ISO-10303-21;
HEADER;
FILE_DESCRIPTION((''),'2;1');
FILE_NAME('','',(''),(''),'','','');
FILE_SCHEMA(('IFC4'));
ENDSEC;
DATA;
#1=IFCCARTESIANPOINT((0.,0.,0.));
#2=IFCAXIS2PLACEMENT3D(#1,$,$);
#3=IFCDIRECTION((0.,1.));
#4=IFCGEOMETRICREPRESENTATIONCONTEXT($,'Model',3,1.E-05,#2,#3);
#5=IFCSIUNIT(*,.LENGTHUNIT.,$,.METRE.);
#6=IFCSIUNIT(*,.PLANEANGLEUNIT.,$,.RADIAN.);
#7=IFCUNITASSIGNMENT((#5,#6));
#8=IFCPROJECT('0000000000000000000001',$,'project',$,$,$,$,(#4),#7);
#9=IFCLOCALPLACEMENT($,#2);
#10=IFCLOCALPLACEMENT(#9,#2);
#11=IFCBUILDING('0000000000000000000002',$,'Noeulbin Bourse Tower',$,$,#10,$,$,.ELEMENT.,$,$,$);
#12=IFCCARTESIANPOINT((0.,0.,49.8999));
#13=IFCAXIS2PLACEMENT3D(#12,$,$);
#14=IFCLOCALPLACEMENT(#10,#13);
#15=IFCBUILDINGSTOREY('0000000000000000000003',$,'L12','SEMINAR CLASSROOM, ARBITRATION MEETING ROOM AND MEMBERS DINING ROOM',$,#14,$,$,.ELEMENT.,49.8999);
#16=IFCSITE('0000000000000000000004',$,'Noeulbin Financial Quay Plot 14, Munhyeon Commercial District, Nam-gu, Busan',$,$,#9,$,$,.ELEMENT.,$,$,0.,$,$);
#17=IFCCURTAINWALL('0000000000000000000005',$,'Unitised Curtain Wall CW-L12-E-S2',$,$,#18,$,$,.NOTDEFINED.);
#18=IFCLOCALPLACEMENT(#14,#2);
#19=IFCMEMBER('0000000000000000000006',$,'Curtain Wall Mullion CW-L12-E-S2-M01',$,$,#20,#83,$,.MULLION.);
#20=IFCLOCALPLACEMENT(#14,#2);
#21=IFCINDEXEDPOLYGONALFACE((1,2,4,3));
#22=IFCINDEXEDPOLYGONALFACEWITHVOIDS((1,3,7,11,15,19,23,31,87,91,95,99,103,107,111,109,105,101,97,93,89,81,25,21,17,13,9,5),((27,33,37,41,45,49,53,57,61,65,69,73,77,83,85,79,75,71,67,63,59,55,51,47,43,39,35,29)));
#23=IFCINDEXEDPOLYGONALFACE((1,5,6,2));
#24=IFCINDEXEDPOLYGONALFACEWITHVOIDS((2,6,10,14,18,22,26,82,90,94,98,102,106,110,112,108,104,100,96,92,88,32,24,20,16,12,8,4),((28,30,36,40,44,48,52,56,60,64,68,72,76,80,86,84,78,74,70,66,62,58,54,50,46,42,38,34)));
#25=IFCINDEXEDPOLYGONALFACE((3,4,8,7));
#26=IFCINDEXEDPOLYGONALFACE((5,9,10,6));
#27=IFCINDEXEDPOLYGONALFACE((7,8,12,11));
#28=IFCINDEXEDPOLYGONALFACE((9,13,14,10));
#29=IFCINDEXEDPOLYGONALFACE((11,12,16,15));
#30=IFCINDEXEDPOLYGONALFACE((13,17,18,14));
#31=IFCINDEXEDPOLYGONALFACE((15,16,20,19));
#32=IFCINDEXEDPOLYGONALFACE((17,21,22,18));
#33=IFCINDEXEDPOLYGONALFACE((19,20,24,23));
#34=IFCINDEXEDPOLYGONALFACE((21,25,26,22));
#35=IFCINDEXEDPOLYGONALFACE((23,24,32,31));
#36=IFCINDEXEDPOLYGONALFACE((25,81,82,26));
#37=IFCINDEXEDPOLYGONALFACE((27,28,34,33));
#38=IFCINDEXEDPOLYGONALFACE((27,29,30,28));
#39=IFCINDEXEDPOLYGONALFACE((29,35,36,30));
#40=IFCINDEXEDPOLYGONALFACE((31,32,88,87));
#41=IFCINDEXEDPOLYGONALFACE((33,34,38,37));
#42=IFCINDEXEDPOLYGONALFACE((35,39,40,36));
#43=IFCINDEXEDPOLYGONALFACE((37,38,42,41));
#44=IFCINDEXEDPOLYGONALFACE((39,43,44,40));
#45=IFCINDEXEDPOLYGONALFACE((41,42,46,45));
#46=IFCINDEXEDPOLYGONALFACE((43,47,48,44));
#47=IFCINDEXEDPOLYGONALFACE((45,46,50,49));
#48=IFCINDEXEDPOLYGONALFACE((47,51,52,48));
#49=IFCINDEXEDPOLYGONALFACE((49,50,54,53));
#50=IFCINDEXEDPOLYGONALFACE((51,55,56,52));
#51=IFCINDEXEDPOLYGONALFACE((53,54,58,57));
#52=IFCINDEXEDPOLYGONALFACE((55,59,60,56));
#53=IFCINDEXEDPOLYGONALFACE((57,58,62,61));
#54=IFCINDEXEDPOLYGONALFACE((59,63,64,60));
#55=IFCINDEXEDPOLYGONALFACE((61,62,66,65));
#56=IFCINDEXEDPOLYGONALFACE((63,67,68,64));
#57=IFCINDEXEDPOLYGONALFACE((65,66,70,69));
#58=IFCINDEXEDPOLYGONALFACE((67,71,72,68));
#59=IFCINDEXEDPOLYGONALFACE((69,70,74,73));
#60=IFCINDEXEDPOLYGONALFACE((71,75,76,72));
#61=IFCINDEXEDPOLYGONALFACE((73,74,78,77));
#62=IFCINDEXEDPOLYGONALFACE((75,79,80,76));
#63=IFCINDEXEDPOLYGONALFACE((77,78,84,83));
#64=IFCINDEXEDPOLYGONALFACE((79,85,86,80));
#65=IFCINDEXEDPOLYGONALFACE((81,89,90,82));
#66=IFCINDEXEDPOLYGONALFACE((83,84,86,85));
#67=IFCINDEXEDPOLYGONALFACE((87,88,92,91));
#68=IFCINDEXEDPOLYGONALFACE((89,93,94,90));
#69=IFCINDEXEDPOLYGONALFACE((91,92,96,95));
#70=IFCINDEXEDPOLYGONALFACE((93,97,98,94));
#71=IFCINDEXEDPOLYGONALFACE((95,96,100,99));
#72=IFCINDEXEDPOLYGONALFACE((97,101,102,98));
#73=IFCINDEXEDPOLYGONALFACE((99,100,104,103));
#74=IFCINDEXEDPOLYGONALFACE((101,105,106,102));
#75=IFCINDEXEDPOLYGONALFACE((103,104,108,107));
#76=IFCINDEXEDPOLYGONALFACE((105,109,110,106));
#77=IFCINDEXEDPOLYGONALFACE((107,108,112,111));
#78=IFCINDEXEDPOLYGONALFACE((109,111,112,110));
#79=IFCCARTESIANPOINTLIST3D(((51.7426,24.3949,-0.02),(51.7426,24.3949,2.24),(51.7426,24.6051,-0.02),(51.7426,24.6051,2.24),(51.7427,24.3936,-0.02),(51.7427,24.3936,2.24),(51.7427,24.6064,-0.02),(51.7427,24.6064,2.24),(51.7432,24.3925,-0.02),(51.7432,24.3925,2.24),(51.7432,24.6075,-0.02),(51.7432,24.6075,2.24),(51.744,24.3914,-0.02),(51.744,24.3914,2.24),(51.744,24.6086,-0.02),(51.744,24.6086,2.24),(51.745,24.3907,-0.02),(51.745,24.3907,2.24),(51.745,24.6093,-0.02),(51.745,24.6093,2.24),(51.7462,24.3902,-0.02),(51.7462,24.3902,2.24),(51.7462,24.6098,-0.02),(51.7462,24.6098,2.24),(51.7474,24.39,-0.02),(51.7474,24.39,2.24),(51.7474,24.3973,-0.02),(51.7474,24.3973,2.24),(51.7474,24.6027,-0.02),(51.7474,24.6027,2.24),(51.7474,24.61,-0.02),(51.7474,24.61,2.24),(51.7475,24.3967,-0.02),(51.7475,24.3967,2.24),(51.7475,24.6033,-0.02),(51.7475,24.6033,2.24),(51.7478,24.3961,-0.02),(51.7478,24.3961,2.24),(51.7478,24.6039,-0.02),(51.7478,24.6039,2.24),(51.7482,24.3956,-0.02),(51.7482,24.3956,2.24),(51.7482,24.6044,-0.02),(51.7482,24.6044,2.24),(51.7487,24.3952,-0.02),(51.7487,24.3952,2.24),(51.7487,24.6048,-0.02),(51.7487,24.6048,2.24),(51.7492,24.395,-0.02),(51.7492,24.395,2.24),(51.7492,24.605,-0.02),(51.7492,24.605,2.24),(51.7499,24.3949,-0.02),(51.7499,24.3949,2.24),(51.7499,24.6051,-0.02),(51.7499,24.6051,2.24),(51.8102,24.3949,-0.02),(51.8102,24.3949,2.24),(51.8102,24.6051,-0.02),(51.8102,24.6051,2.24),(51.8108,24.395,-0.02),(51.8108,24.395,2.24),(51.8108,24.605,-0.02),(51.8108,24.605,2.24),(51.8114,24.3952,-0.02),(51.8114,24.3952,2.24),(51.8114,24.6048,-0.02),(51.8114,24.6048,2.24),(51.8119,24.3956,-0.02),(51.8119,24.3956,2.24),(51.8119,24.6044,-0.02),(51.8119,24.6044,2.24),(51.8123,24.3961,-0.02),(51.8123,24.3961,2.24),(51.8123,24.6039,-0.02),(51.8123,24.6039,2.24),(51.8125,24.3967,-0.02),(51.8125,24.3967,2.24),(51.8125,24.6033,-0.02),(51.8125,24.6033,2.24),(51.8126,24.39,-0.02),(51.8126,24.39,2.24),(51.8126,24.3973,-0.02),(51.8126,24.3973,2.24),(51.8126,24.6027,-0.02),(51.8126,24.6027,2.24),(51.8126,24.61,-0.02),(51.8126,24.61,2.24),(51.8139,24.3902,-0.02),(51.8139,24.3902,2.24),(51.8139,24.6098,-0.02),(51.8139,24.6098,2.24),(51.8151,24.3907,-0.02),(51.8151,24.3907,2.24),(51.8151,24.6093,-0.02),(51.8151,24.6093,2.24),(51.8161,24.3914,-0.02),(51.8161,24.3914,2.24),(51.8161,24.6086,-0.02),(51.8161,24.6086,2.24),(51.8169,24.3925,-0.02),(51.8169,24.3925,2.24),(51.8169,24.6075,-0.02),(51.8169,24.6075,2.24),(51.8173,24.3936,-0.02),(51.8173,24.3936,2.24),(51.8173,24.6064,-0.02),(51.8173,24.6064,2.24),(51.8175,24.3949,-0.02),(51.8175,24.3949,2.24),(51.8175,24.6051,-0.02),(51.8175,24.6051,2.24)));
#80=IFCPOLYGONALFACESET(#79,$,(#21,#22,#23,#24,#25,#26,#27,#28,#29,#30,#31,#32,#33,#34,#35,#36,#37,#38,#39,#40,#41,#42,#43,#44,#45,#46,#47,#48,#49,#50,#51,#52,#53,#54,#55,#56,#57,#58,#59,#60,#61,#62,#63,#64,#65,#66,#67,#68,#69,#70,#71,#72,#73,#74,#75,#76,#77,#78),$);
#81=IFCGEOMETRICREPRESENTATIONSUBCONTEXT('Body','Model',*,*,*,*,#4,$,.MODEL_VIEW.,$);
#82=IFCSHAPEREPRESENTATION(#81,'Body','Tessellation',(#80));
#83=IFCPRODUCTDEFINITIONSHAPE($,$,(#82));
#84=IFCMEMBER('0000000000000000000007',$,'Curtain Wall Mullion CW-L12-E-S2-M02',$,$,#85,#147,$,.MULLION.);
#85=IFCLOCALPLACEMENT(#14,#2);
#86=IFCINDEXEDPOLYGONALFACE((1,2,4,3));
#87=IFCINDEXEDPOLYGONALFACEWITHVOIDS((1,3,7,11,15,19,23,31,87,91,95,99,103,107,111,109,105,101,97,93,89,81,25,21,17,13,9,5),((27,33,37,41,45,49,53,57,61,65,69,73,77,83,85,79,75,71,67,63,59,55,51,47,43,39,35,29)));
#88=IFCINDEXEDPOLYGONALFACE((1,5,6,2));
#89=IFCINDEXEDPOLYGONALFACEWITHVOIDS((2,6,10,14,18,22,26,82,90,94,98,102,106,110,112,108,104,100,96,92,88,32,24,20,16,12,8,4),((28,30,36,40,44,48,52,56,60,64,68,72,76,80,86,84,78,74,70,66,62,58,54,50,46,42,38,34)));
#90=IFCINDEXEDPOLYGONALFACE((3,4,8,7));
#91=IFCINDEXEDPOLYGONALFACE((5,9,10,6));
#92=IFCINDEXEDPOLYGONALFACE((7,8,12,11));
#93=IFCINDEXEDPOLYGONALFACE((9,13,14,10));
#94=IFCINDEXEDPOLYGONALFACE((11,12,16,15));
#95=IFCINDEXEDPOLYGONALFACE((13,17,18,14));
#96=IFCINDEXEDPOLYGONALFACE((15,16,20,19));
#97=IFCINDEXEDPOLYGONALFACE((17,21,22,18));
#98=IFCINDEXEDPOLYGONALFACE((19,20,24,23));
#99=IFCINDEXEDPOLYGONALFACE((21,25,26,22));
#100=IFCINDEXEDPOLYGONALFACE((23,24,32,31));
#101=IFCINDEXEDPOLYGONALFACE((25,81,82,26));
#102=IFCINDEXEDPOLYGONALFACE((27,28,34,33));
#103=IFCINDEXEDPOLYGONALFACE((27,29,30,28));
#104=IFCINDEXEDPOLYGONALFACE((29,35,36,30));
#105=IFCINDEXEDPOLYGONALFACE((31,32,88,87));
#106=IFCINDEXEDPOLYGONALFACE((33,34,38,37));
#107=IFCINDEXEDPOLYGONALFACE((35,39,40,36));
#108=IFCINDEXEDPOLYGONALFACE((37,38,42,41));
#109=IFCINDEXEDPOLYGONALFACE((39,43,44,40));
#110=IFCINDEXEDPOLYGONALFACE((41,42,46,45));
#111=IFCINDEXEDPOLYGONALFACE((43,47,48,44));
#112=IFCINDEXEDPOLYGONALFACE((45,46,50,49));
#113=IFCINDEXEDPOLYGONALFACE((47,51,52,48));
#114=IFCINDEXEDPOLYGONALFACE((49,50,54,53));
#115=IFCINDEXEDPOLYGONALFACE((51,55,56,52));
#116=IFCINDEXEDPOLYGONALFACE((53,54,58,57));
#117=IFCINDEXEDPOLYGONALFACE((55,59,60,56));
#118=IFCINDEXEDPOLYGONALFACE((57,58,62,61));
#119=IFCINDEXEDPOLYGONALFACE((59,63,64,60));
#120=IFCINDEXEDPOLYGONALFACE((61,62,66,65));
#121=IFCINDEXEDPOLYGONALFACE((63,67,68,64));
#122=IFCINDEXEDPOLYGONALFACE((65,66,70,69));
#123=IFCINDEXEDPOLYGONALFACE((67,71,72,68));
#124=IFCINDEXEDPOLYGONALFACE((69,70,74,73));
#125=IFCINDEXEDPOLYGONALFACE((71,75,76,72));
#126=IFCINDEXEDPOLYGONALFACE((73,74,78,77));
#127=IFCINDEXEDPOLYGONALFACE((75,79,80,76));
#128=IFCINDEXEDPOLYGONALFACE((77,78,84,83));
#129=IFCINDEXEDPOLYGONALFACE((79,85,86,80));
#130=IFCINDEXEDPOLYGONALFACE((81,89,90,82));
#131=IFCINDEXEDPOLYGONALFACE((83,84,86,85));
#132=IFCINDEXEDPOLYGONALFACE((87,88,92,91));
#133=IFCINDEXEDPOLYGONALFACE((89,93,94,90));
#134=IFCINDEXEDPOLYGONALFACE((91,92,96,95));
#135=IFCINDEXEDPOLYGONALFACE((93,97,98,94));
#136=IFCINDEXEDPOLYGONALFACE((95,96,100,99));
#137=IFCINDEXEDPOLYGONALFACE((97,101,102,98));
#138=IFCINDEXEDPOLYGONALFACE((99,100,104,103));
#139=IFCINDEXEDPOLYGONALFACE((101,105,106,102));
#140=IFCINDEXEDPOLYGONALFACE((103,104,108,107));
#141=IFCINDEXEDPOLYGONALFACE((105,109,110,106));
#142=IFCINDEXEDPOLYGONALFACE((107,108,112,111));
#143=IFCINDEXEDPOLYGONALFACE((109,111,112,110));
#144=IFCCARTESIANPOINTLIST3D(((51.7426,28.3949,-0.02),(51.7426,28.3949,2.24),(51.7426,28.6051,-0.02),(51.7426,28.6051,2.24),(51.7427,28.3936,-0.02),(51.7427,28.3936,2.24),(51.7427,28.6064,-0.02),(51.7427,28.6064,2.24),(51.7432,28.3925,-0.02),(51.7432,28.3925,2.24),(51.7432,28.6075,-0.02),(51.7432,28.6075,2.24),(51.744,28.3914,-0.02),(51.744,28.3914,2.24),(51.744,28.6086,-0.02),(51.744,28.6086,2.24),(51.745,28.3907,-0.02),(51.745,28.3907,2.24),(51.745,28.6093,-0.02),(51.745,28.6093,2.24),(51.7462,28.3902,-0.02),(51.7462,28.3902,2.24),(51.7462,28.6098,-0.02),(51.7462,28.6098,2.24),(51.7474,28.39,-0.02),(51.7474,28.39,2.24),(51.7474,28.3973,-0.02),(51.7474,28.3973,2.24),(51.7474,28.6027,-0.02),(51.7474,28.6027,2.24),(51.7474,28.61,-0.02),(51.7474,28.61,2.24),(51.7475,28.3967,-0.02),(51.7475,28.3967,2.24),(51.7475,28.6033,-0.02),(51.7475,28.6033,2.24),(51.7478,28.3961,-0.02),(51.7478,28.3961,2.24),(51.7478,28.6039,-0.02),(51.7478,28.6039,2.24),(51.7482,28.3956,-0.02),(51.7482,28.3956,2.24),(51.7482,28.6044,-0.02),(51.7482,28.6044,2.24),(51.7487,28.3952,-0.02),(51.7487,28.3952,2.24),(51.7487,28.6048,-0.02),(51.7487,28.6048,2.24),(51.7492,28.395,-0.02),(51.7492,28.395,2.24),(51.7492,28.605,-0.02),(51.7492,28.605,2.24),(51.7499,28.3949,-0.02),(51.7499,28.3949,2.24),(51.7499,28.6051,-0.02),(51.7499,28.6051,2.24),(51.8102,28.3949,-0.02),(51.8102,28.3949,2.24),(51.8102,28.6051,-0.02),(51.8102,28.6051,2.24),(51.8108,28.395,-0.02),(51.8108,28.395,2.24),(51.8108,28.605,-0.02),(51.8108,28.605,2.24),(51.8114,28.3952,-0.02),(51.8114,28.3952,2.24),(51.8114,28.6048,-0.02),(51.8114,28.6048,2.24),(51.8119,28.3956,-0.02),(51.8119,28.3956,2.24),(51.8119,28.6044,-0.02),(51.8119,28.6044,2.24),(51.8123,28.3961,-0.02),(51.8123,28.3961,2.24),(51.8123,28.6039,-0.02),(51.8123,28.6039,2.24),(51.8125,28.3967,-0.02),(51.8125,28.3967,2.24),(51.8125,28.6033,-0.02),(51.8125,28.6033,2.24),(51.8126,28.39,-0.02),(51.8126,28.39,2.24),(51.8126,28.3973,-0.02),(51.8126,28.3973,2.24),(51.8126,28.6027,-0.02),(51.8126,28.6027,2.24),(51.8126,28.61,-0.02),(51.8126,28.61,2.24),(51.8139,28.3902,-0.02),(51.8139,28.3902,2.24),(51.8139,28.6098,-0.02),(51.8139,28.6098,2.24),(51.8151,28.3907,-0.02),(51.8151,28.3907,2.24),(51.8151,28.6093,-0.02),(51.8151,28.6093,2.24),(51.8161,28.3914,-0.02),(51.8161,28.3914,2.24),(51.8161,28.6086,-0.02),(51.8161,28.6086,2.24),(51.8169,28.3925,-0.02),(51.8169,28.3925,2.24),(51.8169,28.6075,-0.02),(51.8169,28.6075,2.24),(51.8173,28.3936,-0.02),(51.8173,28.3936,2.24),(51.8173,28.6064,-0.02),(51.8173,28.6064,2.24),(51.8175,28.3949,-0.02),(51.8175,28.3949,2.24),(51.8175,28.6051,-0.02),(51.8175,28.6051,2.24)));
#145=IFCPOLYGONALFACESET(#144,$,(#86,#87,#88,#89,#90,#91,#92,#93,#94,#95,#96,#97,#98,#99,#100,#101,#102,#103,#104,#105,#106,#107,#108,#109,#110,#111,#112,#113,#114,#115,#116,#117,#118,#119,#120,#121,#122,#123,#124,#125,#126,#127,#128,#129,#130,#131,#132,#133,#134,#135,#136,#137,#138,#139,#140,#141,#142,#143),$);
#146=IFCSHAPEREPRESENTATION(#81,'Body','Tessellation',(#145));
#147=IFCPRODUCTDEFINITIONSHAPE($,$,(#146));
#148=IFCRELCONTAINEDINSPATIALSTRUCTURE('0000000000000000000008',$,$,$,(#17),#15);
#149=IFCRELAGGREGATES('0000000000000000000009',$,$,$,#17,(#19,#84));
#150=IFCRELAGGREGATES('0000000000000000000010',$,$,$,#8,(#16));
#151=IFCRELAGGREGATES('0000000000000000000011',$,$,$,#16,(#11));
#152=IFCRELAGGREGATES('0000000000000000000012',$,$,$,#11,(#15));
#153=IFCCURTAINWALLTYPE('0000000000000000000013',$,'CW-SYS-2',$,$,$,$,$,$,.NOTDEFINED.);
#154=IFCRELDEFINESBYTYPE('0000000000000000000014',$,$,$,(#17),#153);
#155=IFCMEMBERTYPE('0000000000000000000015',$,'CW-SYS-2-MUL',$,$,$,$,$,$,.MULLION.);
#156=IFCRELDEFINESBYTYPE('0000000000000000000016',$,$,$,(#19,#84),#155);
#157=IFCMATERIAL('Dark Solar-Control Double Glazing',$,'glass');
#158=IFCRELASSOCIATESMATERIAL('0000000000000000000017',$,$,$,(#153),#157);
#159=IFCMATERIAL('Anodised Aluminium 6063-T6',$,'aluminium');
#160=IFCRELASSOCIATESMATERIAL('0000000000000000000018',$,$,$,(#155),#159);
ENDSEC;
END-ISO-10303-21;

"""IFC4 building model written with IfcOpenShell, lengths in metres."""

from ifc_helpers import new_model, si_unit, direction, frame, origin, origin_2d, place, context, subcontext, project, spatial, hollow_rectangle, extrude, material, material_profile, profile_set, type_object, element, aggregate, save


model = new_model("IFC4")

# Units and contexts
model_context = context("Model", 3, precision=1e-05, world=origin(), true_north=direction((0.0, 1.0)))
body_context = subcontext(model_context, "Body", "Model", "MODEL_VIEW")
ifc_project = project(units=[si_unit("LENGTHUNIT", "METRE"), si_unit("PLANEANGLEUNIT", "RADIAN")], contexts=[model_context])

# Site, building, storey
site_placement = place(None, origin())
site = spatial("IfcSite", under=ifc_project, at=site_placement, Name="Noeulbin Financial Quay Plot 14, Munhyeon Commercial District, Nam-gu, Busan", CompositionType="ELEMENT", RefElevation=0.0)
building_placement = place(site_placement, origin())
building = spatial("IfcBuilding", under=site, at=building_placement, Name="Noeulbin Bourse Tower", CompositionType="ELEMENT")
storey_placement = place(building_placement, frame((0.0, 0.0, 49.8999)))
storey = spatial("IfcBuildingStorey", under=building, at=storey_placement, Name="L12", Description="SEMINAR CLASSROOM, ARBITRATION MEETING ROOM AND MEMBERS DINING ROOM", CompositionType="ELEMENT", Elevation=49.8999)

# Shared definitions
ifc_material_1 = material(Name="Dark Solar-Control Double Glazing", Category="glass")
curtain_wall_type = type_object("IfcCurtainWallType", Name="CW-SYS-2", PredefinedType="NOTDEFINED", material=ifc_material_1)
ifc_material_2 = material(Name="Anodised Aluminium 6063-T6", Category="aluminium")
ifc_material_profile_1 = material_profile(ifc_material_2, hollow_rectangle(XDim=0.075, YDim=0.22, WallThickness=0.0049, InnerFilletRadius=0.0024, OuterFilletRadius=0.0049, at=origin_2d()), Name="ALU-MULL-75x220x5", Category="LoadBearing")
ifc_profile_set_1 = profile_set([ifc_material_profile_1], Name="Anodised Aluminium 6063-T6")
member_type_1 = type_object("IfcMemberType", Name="CW-SYS-2-MUL", PredefinedType="MULLION", material=ifc_profile_set_1)

# Curtain wall, members
curtain_wall_1_placement = place(storey_placement, origin())
curtain_wall_1 = element("IfcCurtainWall", 1, at=curtain_wall_1_placement, inside=storey, type_object=curtain_wall_type, Name="Unitised Curtain Wall CW-L12-E-S2", PredefinedType="NOTDEFINED")
member_1_placement = place(storey_placement, frame((51.78, 24.5, -0.02), z_axis=(0.0, 0.0, 1.0), x_axis=(1.0, 0.0, 0.0)))
member_1 = element("IfcMember", 2, at=member_1_placement, type_object=member_type_1, Name="Curtain Wall Mullion CW-L12-E-S2-M01", PredefinedType="MULLION", context=body_context, shape_type="SweptSolid", body=[
    extrude(hollow_rectangle(XDim=0.075, YDim=0.22, WallThickness=0.0049, InnerFilletRadius=0.0024, OuterFilletRadius=0.0049, at=origin_2d()), origin(), (0.0, 0.0, 1.0), 2.26),
])
member_2_placement = place(storey_placement, frame((51.78, 28.5, -0.02), z_axis=(0.0, 0.0, 1.0), x_axis=(1.0, 0.0, 0.0)))
member_2 = element("IfcMember", 3, at=member_2_placement, type_object=member_type_1, Name="Curtain Wall Mullion CW-L12-E-S2-M02", PredefinedType="MULLION", context=body_context, shape_type="SweptSolid", body=[
    extrude(hollow_rectangle(XDim=0.075, YDim=0.22, WallThickness=0.0049, InnerFilletRadius=0.0024, OuterFilletRadius=0.0049, at=origin_2d()), origin(), (0.0, 0.0, 1.0), 2.26),
])

aggregate(curtain_wall_1, [member_1, member_2])

save(model, "model.ifc")
